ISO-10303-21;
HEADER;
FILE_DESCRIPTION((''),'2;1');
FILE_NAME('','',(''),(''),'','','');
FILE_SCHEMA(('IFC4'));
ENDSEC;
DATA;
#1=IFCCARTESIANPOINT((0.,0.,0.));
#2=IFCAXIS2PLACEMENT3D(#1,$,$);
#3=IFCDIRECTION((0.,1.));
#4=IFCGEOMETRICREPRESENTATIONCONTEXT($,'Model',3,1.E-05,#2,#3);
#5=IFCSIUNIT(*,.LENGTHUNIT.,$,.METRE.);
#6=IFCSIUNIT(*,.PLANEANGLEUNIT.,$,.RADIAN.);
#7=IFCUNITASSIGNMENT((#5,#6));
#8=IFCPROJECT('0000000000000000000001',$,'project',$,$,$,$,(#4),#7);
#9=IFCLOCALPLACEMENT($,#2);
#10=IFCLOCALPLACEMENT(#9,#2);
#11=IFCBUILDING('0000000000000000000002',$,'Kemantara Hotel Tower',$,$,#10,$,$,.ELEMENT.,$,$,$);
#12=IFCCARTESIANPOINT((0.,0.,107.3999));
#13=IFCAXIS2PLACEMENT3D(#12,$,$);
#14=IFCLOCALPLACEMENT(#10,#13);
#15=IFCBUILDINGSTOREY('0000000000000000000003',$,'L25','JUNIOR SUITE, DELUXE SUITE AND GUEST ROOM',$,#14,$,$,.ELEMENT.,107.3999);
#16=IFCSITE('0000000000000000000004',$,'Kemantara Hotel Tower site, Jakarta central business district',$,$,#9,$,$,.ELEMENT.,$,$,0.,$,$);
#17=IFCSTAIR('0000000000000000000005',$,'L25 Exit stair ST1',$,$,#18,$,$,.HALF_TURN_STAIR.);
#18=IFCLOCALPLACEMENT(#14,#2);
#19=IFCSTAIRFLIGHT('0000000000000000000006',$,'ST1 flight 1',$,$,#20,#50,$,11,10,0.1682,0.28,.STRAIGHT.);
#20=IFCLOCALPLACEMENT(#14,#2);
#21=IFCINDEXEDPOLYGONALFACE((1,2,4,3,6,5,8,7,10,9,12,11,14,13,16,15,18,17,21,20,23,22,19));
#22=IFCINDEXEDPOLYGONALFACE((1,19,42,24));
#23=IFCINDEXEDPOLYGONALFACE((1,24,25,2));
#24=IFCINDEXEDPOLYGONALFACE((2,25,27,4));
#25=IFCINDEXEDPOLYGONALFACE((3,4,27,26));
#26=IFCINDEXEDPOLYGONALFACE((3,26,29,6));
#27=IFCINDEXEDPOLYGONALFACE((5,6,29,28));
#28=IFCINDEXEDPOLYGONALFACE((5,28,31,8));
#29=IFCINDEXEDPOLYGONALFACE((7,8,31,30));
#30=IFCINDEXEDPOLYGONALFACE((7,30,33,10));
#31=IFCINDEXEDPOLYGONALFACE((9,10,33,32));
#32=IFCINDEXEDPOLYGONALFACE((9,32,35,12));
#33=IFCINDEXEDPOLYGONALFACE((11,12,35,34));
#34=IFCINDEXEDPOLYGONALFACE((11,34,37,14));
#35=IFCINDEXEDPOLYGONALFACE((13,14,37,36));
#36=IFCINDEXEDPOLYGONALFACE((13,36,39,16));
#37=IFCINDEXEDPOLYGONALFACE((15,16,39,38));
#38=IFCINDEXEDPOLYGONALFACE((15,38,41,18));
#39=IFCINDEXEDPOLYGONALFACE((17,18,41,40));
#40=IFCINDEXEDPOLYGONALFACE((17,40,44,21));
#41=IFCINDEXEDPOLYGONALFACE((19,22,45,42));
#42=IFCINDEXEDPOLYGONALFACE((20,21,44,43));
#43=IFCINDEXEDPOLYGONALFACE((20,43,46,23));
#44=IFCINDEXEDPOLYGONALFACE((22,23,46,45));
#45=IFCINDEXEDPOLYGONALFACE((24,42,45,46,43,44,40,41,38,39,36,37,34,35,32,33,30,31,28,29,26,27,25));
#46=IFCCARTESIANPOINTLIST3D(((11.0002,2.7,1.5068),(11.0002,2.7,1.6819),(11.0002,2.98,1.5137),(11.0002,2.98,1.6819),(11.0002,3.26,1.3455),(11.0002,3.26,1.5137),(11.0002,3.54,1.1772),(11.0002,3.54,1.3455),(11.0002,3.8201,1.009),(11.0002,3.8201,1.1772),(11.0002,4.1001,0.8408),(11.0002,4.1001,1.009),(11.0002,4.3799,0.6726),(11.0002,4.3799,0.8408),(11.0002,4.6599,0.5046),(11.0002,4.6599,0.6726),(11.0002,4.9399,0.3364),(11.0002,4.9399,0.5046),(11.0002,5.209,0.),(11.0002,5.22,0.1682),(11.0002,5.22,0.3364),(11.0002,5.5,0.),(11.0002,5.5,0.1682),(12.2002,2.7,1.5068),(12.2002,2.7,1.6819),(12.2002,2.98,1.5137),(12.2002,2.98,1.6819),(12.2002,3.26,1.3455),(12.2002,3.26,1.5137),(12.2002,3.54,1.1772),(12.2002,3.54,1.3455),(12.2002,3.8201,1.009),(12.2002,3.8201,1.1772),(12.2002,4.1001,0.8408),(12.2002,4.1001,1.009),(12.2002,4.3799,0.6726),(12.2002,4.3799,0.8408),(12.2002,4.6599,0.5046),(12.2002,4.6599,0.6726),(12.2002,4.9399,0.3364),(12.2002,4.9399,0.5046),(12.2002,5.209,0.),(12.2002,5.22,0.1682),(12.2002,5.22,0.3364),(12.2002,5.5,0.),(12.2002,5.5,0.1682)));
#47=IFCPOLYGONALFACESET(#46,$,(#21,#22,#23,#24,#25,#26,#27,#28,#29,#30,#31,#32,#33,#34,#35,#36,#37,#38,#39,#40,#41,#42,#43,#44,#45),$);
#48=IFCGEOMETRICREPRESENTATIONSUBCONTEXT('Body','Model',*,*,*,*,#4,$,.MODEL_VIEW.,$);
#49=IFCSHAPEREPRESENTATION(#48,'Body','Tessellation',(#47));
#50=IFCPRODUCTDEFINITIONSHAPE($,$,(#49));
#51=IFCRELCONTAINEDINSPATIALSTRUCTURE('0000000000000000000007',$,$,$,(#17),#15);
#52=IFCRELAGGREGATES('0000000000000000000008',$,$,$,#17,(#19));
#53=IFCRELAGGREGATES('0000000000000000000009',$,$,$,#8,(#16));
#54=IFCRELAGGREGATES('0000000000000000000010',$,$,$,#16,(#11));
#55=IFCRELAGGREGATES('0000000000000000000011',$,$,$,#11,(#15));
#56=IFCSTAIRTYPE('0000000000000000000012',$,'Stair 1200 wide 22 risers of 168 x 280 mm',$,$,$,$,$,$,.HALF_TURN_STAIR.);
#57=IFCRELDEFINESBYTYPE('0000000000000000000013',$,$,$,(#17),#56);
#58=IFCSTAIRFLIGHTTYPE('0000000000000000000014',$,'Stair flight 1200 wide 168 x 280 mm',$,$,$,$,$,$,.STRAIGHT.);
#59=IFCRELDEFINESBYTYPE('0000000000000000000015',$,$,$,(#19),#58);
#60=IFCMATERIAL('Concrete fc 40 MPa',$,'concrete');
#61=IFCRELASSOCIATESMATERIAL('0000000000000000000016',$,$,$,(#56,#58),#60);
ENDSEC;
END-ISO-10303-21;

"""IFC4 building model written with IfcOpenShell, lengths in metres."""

from ifc_helpers import new_model, si_unit, direction, frame, origin, place, context, subcontext, project, spatial, polyline, outline, extrude, material, type_object, element, aggregate, save


model = new_model("IFC4")

# Units and contexts
model_context = context("Model", 3, precision=1e-05, world=origin(), true_north=direction((0.0, 1.0)))
body_context = subcontext(model_context, "Body", "Model", "MODEL_VIEW")
ifc_project = project(units=[si_unit("LENGTHUNIT", "METRE"), si_unit("PLANEANGLEUNIT", "RADIAN")], contexts=[model_context])

# Site, building, storey
site_placement = place(None, origin())
site = spatial("IfcSite", under=ifc_project, at=site_placement, Name="Kemantara Hotel Tower site, Jakarta central business district", CompositionType="ELEMENT", RefElevation=0.0)
building_placement = place(site_placement, origin())
building = spatial("IfcBuilding", under=site, at=building_placement, Name="Kemantara Hotel Tower", CompositionType="ELEMENT")
storey_placement = place(building_placement, frame((0.0, 0.0, 107.3999)))
storey = spatial("IfcBuildingStorey", under=building, at=storey_placement, Name="L25", Description="JUNIOR SUITE, DELUXE SUITE AND GUEST ROOM", CompositionType="ELEMENT", Elevation=107.3999)

# Stair, stair flight
ifc_material_1 = material(Name="Concrete fc 40 MPa", Category="concrete")
stair_type = type_object("IfcStairType", Name="Stair 1200 wide 22 risers of 168 x 280 mm", PredefinedType="HALF_TURN_STAIR", material=ifc_material_1)
stair_placement = place(storey_placement, origin())
stair = element("IfcStair", 1, at=stair_placement, inside=storey, type_object=stair_type, Name="L25 Exit stair ST1", PredefinedType="HALF_TURN_STAIR")
stair_flight_type = type_object("IfcStairFlightType", Name="Stair flight 1200 wide 168 x 280 mm", PredefinedType="STRAIGHT", material=ifc_material_1)
stair_flight_placement = place(storey_placement, frame((11.6001, 5.5, 0.0), z_axis=(0.0, 0.0, 1.0), x_axis=(0.0, -1.0, 0.0)))
stair_flight = element("IfcStairFlight", 2, at=stair_flight_placement, type_object=stair_flight_type, Name="ST1 flight 1", NumberOfRisers=11, NumberOfTreads=10, PredefinedType="STRAIGHT", RiserHeight=0.1682, TreadLength=0.28, context=body_context, shape_type="SweptSolid", body=[
    extrude(outline(polyline([(0.0, 0.0), (0.0, 0.1682), (0.28, 0.1682), (0.28, 0.3364), (0.5601, 0.3364), (0.5601, 0.5046), (0.8401, 0.5046), (0.8401, 0.6726), (1.1201, 0.6726), (1.1201, 0.8408), (1.3999, 0.8408), (1.3999, 1.009), (1.6799, 1.009), (1.6799, 1.1772), (1.96, 1.1772), (1.96, 1.3455), (2.24, 1.3455), (2.24, 1.5137), (2.52, 1.5137), (2.52, 1.6819), (2.8, 1.6819), (2.8, 1.8501), (2.8, 1.5068), (0.291, 0.0), (0.0, 0.0)])), frame((0.0, 0.6001, 0.0), z_axis=(0.0, -1.0, 0.0), x_axis=(1.0, 0.0, 0.0)), (0.0, 0.0, 1.0), 1.2),
])
aggregate(stair, [stair_flight])

save(model, "model.ifc")
